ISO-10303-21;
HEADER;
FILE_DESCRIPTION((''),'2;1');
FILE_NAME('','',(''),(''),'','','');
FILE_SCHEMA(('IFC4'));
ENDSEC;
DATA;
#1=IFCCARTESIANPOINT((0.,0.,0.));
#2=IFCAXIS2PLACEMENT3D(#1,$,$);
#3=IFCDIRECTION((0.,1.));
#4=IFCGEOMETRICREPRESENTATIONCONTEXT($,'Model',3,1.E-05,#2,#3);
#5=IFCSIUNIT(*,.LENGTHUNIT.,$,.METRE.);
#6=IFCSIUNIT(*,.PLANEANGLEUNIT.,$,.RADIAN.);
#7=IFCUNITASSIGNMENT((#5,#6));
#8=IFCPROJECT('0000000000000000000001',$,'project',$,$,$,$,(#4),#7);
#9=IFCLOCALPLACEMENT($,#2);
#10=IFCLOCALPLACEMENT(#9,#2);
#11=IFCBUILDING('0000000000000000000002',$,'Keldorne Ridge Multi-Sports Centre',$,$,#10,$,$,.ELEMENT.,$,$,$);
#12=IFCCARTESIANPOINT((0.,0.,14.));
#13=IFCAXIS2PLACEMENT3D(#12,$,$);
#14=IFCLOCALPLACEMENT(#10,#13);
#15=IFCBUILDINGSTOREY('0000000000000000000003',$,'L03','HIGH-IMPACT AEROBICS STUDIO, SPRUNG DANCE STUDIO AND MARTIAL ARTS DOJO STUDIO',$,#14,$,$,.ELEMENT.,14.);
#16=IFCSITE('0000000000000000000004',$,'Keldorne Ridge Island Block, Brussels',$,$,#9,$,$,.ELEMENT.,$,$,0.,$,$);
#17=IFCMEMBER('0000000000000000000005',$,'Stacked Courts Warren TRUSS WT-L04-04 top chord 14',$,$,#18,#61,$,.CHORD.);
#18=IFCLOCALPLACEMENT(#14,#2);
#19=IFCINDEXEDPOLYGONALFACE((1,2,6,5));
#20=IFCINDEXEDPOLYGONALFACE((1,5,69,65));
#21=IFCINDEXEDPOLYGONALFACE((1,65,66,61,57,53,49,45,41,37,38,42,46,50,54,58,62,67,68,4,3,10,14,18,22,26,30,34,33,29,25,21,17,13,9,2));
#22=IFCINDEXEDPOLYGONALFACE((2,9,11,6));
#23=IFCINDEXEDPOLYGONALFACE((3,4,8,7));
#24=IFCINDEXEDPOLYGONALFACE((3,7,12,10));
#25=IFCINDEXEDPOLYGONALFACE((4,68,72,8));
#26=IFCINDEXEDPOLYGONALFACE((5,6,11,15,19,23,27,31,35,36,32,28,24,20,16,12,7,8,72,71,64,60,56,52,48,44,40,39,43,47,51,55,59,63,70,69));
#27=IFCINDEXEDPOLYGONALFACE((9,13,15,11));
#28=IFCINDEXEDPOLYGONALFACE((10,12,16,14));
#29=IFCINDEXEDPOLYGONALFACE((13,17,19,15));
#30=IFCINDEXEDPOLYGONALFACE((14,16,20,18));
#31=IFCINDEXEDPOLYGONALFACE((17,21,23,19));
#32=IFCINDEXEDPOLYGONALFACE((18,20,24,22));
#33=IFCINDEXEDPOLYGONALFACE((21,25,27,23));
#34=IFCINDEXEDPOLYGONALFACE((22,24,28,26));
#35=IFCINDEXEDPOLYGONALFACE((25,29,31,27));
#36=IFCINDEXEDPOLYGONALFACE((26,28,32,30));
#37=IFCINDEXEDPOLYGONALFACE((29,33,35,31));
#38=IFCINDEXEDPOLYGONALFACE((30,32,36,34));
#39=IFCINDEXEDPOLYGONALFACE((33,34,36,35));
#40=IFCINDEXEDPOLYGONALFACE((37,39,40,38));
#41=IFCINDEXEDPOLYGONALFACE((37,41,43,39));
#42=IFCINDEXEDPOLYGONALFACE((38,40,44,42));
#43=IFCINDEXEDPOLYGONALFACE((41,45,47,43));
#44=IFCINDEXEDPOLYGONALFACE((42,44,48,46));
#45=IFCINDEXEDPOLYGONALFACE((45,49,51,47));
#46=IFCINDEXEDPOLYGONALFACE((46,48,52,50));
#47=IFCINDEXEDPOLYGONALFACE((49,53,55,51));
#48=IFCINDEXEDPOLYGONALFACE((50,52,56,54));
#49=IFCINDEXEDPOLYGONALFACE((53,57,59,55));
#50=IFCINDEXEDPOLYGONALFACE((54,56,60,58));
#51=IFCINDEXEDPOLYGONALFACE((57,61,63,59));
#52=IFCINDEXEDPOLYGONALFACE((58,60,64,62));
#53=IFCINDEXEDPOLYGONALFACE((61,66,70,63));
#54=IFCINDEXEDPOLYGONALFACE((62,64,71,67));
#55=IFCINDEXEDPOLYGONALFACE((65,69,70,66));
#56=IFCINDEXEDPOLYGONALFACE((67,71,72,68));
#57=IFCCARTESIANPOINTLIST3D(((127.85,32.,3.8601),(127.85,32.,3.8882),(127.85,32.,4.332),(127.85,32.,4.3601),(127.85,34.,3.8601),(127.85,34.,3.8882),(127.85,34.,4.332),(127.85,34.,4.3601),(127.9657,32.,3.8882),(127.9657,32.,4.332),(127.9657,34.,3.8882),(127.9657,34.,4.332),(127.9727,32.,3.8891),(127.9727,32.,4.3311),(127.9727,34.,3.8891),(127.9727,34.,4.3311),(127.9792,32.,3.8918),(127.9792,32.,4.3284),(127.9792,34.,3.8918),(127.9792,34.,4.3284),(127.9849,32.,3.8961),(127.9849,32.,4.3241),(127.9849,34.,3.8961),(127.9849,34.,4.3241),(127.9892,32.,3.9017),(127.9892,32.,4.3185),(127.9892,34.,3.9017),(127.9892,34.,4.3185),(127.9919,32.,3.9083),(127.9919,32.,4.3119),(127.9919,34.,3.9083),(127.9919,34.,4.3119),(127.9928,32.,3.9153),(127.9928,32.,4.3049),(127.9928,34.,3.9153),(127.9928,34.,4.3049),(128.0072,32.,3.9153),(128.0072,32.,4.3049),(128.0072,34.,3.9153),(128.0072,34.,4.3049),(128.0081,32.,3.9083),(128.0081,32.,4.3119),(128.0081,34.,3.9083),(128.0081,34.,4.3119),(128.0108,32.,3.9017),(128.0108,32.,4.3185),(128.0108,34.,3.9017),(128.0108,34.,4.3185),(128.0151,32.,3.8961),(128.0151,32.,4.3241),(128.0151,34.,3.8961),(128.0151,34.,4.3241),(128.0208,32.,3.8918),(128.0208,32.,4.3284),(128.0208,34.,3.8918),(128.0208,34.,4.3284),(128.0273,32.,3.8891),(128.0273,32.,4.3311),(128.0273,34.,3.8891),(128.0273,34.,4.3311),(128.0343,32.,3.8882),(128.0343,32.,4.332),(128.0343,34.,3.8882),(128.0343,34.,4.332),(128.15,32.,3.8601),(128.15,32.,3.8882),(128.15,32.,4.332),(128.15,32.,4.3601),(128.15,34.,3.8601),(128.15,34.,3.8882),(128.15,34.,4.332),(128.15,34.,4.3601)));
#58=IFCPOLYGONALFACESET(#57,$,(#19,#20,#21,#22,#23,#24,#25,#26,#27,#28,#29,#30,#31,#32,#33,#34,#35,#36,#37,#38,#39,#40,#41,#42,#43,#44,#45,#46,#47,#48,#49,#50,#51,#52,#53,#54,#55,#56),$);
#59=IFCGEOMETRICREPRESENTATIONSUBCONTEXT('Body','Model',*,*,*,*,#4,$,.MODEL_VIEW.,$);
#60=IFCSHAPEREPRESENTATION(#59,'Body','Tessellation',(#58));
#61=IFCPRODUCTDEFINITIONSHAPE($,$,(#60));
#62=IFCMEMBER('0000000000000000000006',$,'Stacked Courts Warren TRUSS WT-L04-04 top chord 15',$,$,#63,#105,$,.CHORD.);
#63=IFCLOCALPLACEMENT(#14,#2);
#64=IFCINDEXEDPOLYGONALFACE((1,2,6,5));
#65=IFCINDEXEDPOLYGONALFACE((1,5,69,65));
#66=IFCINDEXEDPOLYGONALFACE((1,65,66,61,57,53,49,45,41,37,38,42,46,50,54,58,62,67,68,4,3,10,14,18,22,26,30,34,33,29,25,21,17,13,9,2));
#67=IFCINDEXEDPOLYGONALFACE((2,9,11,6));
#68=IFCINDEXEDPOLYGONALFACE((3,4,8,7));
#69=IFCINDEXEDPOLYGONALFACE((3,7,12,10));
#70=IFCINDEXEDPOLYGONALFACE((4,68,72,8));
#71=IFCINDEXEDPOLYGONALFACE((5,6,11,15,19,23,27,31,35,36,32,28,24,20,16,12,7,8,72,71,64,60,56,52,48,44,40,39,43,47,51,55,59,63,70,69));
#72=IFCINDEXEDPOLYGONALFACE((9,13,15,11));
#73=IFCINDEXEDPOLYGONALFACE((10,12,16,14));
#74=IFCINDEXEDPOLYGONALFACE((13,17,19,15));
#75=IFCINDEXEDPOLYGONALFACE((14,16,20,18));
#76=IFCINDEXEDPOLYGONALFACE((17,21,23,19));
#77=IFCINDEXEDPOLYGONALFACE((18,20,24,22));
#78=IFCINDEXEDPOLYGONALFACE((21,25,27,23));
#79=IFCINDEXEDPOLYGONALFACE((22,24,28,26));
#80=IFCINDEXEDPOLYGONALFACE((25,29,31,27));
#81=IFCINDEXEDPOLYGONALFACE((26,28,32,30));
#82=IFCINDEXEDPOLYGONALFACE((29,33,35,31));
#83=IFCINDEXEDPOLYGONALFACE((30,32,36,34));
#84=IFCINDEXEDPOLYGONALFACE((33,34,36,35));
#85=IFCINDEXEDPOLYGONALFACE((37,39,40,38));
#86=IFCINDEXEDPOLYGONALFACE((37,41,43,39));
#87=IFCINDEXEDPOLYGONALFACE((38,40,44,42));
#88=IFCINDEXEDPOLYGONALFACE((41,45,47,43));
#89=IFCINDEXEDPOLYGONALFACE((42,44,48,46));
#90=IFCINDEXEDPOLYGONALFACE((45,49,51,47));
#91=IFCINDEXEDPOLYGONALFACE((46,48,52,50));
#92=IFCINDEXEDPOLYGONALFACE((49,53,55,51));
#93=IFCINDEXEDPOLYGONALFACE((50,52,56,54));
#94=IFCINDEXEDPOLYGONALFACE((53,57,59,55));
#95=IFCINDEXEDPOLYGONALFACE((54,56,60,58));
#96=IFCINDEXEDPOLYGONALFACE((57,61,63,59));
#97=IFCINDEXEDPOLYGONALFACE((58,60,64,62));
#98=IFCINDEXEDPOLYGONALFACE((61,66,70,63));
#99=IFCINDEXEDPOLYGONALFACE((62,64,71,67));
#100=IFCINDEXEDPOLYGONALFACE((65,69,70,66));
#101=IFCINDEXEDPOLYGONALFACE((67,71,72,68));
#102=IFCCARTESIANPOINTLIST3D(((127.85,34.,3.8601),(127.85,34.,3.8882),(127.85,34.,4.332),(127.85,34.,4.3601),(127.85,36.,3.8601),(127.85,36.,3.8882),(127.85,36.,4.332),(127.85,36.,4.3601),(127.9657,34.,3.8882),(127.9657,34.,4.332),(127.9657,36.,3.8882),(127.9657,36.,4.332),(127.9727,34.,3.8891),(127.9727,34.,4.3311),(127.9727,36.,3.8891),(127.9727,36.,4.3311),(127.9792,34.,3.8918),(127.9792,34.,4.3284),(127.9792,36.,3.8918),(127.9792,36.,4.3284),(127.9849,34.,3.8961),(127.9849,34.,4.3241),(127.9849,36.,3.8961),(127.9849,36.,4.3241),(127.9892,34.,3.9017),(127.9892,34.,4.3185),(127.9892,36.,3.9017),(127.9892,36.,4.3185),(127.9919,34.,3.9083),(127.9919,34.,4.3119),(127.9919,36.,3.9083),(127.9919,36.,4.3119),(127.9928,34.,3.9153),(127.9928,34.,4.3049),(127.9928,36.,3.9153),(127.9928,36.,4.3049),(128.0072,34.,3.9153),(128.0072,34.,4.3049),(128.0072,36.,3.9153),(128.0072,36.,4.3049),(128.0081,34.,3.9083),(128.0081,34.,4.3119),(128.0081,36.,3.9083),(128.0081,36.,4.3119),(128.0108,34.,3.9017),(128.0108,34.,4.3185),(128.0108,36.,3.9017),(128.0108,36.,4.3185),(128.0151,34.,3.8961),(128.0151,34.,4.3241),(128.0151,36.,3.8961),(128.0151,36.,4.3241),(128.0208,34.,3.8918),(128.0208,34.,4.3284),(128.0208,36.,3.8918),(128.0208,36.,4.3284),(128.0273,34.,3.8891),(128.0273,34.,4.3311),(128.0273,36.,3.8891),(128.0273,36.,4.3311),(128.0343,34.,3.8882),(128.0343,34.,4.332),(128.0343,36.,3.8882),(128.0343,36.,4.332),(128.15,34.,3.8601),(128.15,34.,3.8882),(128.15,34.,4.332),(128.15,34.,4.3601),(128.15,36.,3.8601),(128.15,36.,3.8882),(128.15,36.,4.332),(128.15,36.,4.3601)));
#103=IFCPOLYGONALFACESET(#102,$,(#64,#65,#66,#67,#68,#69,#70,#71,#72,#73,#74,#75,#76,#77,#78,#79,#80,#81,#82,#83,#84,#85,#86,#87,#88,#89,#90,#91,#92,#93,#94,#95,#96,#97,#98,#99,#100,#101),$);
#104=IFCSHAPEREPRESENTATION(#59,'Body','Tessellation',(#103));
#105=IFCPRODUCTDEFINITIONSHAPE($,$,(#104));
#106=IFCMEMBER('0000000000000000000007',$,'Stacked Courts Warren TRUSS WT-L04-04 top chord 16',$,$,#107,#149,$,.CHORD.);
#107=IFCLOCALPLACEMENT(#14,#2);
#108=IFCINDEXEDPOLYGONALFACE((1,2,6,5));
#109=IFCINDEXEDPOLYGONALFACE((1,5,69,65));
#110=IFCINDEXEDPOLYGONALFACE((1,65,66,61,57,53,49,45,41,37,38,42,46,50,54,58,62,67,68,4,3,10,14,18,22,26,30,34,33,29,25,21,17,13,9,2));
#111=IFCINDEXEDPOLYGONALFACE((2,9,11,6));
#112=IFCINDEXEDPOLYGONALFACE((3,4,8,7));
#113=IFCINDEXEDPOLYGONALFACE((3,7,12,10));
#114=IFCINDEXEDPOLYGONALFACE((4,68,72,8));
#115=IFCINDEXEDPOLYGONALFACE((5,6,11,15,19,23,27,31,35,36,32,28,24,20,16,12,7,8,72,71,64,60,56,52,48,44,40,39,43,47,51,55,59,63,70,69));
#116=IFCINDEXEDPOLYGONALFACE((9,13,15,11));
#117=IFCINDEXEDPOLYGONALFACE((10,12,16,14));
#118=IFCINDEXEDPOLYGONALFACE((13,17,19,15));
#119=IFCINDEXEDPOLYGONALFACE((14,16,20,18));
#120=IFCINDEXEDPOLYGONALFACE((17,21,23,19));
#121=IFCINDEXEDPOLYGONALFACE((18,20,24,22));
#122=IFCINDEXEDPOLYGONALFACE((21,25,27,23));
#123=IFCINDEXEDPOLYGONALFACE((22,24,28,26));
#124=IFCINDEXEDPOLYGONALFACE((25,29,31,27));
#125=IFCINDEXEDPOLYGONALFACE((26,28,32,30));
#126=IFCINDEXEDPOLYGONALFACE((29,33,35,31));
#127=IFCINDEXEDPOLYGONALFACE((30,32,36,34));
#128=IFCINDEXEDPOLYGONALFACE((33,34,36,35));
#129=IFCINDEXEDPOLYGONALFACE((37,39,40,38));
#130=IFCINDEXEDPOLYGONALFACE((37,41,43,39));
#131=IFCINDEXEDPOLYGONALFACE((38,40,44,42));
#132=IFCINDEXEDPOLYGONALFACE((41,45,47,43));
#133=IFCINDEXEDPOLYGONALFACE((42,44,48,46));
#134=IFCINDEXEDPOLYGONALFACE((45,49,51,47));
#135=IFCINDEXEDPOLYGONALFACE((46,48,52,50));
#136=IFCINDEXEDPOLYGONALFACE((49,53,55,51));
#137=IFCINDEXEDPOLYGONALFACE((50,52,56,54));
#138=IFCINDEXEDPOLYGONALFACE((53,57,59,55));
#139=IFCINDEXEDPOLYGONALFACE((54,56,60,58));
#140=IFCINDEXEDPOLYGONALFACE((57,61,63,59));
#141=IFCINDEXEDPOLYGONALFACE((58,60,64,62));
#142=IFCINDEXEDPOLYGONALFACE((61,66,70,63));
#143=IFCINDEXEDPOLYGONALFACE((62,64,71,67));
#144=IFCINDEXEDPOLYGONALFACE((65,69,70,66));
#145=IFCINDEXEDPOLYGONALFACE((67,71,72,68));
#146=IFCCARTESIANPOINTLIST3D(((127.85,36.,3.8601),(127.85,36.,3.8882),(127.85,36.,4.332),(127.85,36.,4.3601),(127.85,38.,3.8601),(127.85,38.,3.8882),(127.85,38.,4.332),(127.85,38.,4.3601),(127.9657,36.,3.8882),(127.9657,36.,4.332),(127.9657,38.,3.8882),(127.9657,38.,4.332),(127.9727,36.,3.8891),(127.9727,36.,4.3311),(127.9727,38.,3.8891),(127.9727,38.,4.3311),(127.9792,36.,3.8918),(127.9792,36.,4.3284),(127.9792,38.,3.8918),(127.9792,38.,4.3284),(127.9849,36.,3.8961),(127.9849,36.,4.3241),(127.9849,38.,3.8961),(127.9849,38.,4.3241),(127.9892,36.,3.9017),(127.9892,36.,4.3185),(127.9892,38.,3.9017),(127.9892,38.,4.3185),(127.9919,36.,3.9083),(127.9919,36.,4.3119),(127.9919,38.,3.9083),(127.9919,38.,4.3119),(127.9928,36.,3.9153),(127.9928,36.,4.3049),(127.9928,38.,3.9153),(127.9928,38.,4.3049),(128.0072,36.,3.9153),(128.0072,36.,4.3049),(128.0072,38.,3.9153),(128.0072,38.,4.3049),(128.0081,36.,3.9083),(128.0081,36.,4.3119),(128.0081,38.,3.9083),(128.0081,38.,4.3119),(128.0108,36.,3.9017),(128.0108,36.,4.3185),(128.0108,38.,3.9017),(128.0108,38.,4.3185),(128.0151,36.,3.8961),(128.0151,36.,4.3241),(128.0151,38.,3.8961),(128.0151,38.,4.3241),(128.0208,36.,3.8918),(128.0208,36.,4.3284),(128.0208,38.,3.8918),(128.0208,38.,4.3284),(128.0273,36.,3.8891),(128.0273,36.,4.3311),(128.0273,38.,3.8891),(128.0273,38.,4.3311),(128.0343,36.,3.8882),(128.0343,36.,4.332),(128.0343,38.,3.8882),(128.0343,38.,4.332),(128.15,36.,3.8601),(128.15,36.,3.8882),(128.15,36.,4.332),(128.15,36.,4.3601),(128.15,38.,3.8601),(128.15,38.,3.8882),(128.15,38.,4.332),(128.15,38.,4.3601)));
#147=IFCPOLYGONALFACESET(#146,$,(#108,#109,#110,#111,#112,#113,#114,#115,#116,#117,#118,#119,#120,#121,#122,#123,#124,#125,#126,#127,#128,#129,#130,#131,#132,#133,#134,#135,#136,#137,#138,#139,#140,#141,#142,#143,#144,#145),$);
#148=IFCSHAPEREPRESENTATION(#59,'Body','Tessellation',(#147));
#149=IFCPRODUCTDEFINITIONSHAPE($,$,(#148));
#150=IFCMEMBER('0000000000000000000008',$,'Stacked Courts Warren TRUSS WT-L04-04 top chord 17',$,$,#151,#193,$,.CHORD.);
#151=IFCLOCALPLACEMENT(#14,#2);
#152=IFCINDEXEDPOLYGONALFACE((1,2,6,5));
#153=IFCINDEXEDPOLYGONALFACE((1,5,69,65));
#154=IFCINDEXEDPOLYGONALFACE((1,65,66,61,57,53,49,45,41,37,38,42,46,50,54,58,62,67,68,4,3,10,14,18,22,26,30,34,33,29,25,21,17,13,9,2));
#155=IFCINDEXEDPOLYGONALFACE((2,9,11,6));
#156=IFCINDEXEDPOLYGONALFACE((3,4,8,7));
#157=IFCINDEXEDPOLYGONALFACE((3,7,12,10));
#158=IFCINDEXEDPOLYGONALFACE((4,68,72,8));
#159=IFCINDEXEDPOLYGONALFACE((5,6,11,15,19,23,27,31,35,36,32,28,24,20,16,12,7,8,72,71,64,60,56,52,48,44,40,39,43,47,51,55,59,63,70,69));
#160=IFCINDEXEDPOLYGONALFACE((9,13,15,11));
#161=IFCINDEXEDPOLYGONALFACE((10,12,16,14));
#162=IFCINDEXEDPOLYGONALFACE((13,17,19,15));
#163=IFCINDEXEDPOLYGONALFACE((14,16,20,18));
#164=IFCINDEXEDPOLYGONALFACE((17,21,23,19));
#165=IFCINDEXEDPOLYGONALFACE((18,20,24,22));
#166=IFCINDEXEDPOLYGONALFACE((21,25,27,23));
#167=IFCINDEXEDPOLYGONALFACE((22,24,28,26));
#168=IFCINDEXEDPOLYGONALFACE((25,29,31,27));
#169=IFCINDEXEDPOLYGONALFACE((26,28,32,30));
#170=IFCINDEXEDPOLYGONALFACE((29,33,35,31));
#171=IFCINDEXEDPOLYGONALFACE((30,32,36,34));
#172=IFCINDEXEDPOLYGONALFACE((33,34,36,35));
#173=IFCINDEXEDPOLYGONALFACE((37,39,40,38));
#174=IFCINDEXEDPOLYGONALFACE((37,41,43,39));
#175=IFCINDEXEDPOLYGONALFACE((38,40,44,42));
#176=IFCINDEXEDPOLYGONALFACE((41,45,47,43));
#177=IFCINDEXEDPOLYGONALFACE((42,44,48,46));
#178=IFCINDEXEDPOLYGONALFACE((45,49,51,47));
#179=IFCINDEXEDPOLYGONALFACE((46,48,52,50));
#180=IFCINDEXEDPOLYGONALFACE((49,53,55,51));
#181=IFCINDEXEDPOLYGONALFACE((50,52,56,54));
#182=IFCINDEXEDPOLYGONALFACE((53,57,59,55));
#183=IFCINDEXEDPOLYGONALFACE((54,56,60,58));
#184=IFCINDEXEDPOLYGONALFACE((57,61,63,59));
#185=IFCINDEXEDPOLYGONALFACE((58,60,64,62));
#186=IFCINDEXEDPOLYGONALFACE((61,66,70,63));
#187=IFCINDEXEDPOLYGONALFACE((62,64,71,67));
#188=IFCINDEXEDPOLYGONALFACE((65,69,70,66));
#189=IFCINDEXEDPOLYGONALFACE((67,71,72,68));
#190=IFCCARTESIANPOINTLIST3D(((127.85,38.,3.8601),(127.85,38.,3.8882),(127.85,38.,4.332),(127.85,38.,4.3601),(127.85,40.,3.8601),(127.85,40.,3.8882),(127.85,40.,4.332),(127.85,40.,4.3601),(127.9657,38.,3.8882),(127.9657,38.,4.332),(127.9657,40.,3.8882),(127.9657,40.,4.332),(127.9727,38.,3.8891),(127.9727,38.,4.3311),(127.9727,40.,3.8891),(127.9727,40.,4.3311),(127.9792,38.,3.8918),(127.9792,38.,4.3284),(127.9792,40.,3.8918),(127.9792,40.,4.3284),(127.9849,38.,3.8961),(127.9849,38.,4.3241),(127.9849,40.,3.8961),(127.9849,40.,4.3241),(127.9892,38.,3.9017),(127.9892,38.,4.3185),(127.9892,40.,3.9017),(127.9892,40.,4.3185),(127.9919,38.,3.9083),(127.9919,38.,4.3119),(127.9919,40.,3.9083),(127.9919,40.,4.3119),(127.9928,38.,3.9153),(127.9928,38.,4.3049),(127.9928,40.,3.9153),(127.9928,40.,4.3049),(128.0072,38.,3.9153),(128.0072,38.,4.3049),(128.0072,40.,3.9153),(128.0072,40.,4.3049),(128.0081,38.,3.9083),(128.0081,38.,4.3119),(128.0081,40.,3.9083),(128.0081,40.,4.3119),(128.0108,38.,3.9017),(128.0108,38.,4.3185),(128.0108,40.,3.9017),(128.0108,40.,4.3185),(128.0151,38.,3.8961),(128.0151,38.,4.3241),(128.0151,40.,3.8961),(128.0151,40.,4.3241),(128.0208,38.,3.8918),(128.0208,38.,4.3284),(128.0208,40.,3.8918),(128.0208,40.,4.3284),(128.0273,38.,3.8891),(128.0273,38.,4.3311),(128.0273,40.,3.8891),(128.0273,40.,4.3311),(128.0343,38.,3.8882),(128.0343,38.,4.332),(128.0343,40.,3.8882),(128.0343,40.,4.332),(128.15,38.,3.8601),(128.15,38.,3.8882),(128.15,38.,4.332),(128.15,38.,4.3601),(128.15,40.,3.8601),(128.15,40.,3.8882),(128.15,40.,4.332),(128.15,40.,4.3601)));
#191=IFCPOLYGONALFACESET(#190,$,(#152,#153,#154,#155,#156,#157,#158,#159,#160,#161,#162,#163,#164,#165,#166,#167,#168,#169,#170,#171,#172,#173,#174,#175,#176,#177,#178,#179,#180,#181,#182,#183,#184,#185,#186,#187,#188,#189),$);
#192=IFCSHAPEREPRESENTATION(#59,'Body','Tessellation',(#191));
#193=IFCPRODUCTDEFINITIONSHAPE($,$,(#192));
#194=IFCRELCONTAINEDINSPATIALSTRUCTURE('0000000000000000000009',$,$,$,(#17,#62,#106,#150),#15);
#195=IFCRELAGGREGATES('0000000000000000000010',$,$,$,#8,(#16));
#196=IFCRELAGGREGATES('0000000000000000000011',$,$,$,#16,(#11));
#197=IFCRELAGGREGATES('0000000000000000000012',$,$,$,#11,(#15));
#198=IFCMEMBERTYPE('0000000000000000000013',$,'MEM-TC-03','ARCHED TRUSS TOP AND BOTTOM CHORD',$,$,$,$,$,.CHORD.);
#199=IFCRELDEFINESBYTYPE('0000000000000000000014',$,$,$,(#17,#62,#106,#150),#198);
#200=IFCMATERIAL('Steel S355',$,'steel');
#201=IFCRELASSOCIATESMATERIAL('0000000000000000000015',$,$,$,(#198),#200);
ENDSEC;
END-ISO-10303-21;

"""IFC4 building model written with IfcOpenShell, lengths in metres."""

from ifc_helpers import new_model, si_unit, direction, frame, origin, origin_2d, place, context, subcontext, project, spatial, i_section, extrude, material, material_profile, profile_set, type_object, element, save


model = new_model("IFC4")

# Units and contexts
model_context = context("Model", 3, precision=1e-05, world=origin(), true_north=direction((0.0, 1.0)))
body_context = subcontext(model_context, "Body", "Model", "MODEL_VIEW")
ifc_project = project(units=[si_unit("LENGTHUNIT", "METRE"), si_unit("PLANEANGLEUNIT", "RADIAN")], contexts=[model_context])

# Site, building, storey
site_placement = place(None, origin())
site = spatial("IfcSite", under=ifc_project, at=site_placement, Name="Keldorne Ridge Island Block, Brussels", CompositionType="ELEMENT", RefElevation=0.0)
building_placement = place(site_placement, origin())
building = spatial("IfcBuilding", under=site, at=building_placement, Name="Keldorne Ridge Multi-Sports Centre", CompositionType="ELEMENT")
storey_placement = place(building_placement, frame((0.0, 0.0, 14.0)))
storey = spatial("IfcBuildingStorey", under=building, at=storey_placement, Name="L03", Description="HIGH-IMPACT AEROBICS STUDIO, SPRUNG DANCE STUDIO AND MARTIAL ARTS DOJO STUDIO", CompositionType="ELEMENT", Elevation=14.0)

# Members
ifc_material = material(Name="Steel S355", Category="steel")
ifc_material_profile_1 = material_profile(ifc_material, i_section(OverallWidth=0.3, OverallDepth=0.5, WebThickness=0.0144, FlangeThickness=0.0281, FilletRadius=0.0271, at=origin_2d()), Name="HEB 500")
ifc_profile_set_1 = profile_set([ifc_material_profile_1], Name="Steel S355")
member_type_1 = type_object("IfcMemberType", Name="MEM-TC-03", Description="ARCHED TRUSS TOP AND BOTTOM CHORD", PredefinedType="CHORD", material=ifc_profile_set_1)
for number, where, z_axis, x_axis, name in (
    (1, (128.0, 32.0, 4.1101), (0.0, 1.0, 0.0), (-1.0, 0.0, 0.0), "Stacked Courts Warren TRUSS WT-L04-04 top chord 14"),
    (2, (128.0, 34.0, 4.1101), (0.0, 1.0, 0.0), (-1.0, 0.0, 0.0), "Stacked Courts Warren TRUSS WT-L04-04 top chord 15"),
    (3, (128.0, 36.0, 4.1101), (0.0, 1.0, 0.0), (-1.0, 0.0, 0.0), "Stacked Courts Warren TRUSS WT-L04-04 top chord 16"),
    (4, (128.0, 38.0, 4.1101), (0.0, 1.0, 0.0), (-1.0, 0.0, 0.0), "Stacked Courts Warren TRUSS WT-L04-04 top chord 17"),
):
    element("IfcMember", number, at=place(storey_placement, frame(where, z_axis=z_axis, x_axis=x_axis)), inside=storey, type_object=member_type_1, Name=name, PredefinedType="CHORD", context=body_context, shape_type="SweptSolid", body=[
        extrude(i_section(OverallWidth=0.3, OverallDepth=0.5, WebThickness=0.0144, FlangeThickness=0.0281, FilletRadius=0.0271, at=origin_2d()), origin(), (0.0, 0.0, 1.0), 2.0),
    ])

save(model, "model.ifc")
